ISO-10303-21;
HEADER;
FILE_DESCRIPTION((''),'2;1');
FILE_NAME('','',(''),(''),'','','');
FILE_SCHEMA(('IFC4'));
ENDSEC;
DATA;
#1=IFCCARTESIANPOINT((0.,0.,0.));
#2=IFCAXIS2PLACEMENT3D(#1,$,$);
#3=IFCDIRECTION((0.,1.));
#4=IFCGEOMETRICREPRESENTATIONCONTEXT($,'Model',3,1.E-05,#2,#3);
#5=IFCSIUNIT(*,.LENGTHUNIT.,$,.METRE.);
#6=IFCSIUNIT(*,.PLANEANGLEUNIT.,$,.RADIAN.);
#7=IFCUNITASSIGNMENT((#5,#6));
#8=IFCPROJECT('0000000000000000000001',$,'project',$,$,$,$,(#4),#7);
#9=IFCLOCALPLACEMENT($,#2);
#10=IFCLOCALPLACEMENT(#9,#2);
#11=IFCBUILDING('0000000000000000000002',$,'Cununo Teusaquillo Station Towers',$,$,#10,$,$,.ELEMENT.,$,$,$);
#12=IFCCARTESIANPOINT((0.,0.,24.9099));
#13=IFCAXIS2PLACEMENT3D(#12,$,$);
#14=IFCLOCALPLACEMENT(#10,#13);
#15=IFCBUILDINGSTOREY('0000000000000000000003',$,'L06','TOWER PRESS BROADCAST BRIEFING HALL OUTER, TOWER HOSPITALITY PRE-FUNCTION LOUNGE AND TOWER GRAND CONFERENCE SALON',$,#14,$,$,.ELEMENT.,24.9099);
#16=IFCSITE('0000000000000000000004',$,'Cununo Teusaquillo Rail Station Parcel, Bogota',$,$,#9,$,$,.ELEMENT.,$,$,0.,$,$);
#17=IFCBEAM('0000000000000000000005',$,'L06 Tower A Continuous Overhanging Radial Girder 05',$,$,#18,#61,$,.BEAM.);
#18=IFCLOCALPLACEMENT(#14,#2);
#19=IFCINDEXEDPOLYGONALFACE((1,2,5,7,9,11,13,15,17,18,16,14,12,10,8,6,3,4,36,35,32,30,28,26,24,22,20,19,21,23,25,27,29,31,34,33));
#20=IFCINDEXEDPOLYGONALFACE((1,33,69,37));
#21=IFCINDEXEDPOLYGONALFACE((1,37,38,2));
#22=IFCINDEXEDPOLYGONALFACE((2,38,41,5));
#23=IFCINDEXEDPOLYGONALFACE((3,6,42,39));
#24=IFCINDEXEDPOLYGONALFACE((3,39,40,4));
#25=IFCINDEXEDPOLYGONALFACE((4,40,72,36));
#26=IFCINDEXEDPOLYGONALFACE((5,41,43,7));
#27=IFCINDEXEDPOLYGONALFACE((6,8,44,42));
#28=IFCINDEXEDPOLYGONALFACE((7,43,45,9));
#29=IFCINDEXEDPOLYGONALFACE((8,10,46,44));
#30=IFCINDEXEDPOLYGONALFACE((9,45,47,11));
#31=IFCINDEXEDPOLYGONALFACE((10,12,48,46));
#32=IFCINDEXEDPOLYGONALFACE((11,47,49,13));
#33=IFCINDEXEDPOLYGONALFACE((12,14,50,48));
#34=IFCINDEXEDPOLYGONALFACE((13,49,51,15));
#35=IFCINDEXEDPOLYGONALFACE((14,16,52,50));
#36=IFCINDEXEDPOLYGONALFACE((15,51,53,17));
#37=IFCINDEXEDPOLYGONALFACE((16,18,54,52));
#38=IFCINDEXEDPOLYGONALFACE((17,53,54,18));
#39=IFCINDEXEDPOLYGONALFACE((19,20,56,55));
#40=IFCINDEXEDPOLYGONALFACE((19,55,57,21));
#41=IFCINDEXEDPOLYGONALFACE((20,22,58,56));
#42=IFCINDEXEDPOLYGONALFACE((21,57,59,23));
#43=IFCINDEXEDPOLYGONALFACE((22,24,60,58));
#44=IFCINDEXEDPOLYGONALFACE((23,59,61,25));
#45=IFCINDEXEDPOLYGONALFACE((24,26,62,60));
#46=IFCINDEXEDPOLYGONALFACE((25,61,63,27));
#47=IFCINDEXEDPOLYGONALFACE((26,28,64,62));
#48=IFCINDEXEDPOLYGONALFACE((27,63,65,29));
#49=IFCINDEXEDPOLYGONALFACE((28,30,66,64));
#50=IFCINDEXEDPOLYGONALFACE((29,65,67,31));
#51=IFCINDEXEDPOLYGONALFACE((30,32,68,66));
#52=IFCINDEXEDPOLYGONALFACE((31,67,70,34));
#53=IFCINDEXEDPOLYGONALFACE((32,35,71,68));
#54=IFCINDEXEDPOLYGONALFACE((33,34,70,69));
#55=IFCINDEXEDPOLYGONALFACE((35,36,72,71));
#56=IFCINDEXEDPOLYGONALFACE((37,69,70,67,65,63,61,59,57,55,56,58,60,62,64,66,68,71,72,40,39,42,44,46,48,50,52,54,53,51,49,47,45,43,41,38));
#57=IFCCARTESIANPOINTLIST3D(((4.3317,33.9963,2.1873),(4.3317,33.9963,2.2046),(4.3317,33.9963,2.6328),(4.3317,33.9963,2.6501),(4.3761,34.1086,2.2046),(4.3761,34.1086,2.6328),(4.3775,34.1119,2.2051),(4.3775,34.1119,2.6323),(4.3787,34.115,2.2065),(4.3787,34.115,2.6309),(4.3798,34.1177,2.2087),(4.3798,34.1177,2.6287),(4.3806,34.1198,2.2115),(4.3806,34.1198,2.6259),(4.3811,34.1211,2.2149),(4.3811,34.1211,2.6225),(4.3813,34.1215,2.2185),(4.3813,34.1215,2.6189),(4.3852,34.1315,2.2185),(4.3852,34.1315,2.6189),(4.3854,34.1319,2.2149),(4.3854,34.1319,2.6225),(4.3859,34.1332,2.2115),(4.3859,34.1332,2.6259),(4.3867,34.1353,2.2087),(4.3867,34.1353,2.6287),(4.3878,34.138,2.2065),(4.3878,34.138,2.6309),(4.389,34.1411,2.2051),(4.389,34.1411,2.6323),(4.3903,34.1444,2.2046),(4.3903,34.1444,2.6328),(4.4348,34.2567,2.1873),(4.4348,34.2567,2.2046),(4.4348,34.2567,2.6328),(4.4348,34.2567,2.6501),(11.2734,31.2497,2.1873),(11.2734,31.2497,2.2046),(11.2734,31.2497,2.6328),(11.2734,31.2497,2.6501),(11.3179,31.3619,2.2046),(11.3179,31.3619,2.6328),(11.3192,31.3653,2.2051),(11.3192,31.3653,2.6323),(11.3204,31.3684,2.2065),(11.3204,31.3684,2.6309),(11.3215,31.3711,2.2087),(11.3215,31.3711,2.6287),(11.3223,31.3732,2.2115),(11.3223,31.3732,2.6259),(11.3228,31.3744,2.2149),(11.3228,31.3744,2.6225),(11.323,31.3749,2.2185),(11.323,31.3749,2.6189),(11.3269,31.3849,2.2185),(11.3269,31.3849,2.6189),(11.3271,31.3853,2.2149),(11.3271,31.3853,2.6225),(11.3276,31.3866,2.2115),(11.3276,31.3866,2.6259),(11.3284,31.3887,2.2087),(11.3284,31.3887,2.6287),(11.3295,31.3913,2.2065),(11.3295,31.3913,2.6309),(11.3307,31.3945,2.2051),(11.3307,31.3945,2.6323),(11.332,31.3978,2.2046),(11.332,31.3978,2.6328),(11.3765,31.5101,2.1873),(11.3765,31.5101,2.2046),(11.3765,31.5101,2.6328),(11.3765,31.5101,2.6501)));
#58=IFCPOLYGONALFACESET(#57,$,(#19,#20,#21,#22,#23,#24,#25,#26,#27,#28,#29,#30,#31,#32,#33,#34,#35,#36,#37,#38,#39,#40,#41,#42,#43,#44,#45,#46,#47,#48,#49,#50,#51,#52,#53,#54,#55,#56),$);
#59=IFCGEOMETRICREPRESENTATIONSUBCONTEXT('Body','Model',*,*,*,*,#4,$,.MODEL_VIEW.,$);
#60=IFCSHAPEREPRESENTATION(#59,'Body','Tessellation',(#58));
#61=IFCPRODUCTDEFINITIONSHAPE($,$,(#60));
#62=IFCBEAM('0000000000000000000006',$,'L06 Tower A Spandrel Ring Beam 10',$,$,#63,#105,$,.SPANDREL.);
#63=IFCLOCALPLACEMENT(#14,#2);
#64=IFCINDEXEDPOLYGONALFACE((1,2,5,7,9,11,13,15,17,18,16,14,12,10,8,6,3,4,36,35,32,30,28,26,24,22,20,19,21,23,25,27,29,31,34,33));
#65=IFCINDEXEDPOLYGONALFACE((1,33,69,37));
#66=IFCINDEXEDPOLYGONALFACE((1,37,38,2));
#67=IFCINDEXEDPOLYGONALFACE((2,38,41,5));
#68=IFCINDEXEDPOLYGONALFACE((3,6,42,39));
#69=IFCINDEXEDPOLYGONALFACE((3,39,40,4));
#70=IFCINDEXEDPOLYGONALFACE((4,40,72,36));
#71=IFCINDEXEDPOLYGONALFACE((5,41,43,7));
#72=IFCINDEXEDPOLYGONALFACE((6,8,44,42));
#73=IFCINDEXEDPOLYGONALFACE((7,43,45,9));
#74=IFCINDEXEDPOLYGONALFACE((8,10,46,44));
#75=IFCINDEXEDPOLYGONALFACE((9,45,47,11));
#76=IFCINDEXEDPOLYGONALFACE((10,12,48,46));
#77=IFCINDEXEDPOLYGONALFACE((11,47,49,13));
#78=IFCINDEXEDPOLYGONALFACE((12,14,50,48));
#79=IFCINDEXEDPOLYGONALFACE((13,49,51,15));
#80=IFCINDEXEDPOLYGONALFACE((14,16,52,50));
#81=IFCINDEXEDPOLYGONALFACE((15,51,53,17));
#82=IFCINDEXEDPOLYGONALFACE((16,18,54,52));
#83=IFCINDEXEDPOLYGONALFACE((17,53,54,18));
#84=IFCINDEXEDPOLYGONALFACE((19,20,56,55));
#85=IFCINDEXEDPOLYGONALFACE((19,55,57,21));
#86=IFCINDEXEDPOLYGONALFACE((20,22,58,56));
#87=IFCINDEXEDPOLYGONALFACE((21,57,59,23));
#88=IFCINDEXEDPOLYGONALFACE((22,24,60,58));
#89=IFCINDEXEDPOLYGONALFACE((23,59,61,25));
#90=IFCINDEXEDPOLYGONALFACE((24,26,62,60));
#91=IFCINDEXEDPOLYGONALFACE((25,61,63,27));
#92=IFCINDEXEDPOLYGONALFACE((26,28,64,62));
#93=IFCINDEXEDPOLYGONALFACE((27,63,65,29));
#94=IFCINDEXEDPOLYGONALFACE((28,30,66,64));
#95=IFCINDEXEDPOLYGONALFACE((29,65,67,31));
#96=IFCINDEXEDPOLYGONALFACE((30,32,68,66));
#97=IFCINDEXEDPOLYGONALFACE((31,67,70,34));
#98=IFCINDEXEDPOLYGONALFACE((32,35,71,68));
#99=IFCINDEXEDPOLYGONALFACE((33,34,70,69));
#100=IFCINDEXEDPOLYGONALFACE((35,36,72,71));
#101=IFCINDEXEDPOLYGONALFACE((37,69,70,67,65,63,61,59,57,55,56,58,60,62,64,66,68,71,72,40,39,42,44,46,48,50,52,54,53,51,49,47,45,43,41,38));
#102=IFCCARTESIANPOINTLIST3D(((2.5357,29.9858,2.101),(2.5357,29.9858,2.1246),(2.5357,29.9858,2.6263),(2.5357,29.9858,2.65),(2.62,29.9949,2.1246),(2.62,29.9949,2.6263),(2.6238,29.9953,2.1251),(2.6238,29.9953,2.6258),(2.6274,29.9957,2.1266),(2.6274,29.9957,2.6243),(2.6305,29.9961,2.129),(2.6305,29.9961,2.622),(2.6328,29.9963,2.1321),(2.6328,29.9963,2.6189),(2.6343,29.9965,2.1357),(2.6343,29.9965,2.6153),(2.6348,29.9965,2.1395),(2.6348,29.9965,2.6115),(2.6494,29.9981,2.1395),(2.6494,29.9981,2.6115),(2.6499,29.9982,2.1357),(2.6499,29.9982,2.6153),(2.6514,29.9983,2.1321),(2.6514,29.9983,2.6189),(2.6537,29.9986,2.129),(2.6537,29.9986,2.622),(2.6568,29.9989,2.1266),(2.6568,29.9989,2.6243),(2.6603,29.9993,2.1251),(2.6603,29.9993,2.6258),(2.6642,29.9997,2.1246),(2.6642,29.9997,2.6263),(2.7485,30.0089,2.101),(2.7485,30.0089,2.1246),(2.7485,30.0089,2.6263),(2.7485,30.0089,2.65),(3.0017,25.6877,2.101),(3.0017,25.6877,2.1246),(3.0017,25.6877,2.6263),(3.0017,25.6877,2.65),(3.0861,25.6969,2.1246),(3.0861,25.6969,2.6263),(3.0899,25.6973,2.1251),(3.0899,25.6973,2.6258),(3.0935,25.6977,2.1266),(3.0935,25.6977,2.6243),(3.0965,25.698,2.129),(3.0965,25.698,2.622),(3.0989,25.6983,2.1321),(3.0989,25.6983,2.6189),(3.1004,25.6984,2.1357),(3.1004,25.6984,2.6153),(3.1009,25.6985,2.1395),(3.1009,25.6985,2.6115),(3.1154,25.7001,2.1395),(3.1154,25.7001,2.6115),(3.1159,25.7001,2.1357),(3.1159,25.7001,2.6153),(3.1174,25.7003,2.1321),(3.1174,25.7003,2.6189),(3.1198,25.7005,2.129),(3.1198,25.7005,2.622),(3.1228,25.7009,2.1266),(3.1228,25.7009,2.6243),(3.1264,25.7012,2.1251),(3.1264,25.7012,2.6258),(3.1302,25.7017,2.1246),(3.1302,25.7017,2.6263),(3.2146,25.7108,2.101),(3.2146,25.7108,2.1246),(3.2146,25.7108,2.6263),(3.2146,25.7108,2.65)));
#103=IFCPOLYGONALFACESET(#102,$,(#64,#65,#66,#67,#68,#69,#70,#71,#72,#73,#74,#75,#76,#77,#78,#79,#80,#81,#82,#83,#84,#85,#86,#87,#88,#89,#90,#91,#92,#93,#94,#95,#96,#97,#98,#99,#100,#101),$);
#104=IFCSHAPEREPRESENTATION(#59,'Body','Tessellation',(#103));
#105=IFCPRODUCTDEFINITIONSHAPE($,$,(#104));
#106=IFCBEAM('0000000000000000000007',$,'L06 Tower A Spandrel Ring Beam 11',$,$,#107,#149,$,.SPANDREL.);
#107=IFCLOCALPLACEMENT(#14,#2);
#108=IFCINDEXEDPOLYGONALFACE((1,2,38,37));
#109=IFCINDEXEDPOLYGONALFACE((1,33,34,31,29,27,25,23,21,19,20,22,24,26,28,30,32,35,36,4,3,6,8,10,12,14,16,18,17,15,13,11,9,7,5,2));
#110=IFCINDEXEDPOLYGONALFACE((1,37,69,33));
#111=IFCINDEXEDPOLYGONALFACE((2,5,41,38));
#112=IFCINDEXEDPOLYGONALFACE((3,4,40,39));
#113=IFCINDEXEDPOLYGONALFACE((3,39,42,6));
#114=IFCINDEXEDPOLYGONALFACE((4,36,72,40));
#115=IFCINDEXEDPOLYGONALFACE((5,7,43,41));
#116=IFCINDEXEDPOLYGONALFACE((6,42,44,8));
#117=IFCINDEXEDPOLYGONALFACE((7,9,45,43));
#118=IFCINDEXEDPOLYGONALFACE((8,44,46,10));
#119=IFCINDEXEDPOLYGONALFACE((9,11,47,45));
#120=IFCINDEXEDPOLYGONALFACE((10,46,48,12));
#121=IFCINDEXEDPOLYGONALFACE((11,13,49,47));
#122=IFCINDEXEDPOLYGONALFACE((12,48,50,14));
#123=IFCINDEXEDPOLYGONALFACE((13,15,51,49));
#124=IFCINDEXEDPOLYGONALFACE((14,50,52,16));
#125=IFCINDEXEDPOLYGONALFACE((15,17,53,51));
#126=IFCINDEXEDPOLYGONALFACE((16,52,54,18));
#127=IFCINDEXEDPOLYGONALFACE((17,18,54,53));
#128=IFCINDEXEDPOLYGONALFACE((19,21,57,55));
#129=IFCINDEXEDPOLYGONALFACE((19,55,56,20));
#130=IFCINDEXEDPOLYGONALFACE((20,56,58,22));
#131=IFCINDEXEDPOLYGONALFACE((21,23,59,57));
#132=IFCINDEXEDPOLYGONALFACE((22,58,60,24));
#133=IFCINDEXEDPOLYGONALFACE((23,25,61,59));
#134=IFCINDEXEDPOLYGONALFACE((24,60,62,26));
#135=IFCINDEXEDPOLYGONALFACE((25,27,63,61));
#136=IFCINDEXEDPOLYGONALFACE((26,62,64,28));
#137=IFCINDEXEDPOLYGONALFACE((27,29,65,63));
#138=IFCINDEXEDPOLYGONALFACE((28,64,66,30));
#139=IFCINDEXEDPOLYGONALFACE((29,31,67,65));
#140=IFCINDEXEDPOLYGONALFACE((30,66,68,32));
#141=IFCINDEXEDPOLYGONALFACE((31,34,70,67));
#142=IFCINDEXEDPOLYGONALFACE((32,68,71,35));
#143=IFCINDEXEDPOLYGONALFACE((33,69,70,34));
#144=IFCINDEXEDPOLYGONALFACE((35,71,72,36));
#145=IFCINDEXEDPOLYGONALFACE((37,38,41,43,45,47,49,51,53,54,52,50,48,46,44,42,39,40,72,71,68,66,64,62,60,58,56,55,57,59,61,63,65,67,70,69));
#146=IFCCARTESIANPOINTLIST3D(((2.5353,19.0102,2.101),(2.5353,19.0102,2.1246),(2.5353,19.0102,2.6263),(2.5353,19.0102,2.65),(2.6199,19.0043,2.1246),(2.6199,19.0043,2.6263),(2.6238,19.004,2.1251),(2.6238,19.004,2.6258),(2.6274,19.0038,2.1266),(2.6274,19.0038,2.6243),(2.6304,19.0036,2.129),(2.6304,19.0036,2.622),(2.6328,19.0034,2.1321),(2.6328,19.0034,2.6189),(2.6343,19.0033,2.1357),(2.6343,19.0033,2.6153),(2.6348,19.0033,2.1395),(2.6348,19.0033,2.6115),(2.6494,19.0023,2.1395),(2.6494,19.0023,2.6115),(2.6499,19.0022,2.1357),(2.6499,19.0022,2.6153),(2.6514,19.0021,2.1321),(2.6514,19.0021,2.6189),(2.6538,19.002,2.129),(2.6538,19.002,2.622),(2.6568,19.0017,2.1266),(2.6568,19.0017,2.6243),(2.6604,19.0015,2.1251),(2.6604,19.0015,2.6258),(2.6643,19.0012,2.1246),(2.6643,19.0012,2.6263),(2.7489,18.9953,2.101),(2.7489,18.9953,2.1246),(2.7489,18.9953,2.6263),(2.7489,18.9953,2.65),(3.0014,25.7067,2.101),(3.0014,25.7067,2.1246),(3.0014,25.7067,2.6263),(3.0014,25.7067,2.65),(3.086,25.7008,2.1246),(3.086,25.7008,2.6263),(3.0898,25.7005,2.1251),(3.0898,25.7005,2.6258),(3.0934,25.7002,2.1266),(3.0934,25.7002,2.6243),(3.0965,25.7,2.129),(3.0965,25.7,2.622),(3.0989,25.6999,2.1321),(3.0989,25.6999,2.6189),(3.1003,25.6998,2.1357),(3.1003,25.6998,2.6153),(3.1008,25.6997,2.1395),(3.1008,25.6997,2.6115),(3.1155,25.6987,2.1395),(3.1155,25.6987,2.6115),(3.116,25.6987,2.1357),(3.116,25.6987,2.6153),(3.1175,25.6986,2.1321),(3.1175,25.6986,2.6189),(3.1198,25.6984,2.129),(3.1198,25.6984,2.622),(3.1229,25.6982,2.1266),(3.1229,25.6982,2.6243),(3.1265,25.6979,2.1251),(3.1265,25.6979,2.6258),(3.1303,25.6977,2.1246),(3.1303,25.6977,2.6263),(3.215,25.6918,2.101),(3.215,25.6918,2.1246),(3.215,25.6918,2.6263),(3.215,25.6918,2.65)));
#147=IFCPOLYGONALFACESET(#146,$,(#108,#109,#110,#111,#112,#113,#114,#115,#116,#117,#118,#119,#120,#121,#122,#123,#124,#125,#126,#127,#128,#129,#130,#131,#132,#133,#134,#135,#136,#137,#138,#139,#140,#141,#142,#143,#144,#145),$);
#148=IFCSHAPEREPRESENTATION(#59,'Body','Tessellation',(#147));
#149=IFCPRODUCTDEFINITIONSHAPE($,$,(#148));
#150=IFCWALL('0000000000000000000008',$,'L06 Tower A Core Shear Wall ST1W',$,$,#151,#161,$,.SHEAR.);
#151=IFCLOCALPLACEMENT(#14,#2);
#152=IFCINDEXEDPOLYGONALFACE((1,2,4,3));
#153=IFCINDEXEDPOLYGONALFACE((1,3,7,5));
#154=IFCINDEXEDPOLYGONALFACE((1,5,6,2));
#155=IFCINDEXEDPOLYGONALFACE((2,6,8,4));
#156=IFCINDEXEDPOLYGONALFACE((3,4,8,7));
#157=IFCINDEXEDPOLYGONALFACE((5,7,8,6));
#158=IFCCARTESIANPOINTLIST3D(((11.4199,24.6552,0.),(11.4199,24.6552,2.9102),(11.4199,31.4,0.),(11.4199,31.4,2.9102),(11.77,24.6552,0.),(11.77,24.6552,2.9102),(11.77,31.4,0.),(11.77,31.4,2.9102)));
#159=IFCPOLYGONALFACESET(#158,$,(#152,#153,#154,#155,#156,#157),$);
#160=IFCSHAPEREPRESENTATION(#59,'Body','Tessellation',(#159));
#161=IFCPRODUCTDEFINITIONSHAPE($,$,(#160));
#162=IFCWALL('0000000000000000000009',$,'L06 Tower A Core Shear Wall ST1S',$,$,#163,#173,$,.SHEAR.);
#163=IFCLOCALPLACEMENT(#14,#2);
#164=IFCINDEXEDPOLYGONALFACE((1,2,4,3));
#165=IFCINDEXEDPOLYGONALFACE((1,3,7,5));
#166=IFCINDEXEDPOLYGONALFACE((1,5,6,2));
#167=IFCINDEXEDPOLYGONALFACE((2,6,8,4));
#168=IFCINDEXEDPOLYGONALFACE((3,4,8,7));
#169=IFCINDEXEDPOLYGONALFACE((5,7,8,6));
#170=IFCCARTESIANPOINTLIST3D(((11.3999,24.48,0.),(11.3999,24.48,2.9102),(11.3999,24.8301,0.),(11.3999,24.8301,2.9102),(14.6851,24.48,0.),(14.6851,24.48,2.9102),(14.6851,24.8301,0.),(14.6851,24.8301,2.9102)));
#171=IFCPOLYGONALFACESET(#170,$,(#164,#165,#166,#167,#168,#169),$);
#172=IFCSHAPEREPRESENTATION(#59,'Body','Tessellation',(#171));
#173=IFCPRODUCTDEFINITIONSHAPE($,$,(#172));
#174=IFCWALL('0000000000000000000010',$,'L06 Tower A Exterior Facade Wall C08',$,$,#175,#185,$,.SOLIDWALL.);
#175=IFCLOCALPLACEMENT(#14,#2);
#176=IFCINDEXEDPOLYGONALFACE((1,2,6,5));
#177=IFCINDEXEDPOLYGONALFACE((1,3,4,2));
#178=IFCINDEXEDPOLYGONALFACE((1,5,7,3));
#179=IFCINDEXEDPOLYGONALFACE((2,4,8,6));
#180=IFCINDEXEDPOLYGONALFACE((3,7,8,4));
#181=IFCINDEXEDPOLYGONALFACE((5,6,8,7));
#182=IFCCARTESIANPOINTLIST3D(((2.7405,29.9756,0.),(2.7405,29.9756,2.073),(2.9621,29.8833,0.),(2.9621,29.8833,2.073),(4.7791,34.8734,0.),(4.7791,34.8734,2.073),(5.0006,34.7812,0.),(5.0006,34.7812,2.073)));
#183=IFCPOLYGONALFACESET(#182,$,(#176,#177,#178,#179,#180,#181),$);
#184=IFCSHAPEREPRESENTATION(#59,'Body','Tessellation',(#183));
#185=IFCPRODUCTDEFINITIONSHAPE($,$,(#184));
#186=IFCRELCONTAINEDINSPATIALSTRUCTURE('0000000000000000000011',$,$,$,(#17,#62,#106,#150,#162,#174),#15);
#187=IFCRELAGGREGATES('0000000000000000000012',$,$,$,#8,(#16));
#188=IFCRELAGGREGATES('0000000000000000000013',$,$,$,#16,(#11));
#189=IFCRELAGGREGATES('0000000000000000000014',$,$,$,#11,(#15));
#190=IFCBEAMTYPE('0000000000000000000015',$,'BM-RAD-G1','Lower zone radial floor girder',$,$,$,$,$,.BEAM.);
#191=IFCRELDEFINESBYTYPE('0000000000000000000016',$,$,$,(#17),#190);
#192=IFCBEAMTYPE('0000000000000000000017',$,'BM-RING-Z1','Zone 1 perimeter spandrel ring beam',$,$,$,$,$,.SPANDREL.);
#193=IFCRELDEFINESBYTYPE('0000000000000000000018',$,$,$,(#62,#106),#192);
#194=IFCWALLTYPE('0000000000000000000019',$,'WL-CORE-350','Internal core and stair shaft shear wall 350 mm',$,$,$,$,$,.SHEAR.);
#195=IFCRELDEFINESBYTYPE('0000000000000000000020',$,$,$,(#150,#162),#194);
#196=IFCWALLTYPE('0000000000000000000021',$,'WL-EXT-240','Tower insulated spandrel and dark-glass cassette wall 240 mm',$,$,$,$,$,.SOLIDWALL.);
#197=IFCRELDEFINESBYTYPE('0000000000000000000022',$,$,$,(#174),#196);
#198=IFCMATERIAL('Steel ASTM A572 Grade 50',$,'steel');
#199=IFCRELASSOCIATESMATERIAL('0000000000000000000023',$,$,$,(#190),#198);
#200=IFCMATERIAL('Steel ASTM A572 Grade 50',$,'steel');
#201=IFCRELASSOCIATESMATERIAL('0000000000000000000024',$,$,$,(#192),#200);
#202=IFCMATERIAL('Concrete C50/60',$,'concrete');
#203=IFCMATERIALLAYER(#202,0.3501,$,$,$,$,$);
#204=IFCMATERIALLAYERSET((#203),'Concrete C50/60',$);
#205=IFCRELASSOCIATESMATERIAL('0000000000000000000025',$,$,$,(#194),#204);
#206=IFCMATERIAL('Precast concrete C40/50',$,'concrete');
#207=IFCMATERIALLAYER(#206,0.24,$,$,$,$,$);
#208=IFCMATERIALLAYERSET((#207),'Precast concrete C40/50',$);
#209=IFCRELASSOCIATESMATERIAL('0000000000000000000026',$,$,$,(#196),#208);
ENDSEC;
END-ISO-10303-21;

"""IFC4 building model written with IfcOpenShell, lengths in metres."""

from ifc_helpers import new_model, si_unit, direction, frame, frame_2d, origin, origin_2d, place, context, subcontext, project, spatial, rectangle, i_section, extrude, material, layer, layer_set, material_profile, profile_set, type_object, element, save


model = new_model("IFC4")

# Units and contexts
model_context = context("Model", 3, precision=1e-05, world=origin(), true_north=direction((0.0, 1.0)))
body_context = subcontext(model_context, "Body", "Model", "MODEL_VIEW")
ifc_project = project(units=[si_unit("LENGTHUNIT", "METRE"), si_unit("PLANEANGLEUNIT", "RADIAN")], contexts=[model_context])

# Site, building, storey
site_placement = place(None, origin())
site = spatial("IfcSite", under=ifc_project, at=site_placement, Name="Cununo Teusaquillo Rail Station Parcel, Bogota", CompositionType="ELEMENT", RefElevation=0.0)
building_placement = place(site_placement, origin())
building = spatial("IfcBuilding", under=site, at=building_placement, Name="Cununo Teusaquillo Station Towers", CompositionType="ELEMENT")
storey_placement = place(building_placement, frame((0.0, 0.0, 24.9099)))
storey = spatial("IfcBuildingStorey", under=building, at=storey_placement, Name="L06", Description="TOWER PRESS BROADCAST BRIEFING HALL OUTER, TOWER HOSPITALITY PRE-FUNCTION LOUNGE AND TOWER GRAND CONFERENCE SALON", CompositionType="ELEMENT", Elevation=24.9099)

# Beams
ifc_material_1 = material(Name="Steel ASTM A572 Grade 50", Category="steel")
ifc_material_profile_1 = material_profile(ifc_material_1, i_section(OverallWidth=0.28, OverallDepth=0.4629, WebThickness=0.0107, FlangeThickness=0.0173, FilletRadius=0.0139, at=origin_2d()), Name="W18X76")
ifc_profile_set_1 = profile_set([ifc_material_profile_1], Name="Steel ASTM A572 Grade 50")
beam_type_1 = type_object("IfcBeamType", Name="BM-RAD-G1", Description="Lower zone radial floor girder", PredefinedType="BEAM", material=ifc_profile_set_1)
beam_1_placement = place(storey_placement, frame((11.325, 31.3799, 2.4187), z_axis=(-0.92986, 0.367915, 0.0), x_axis=(-0.367915, -0.92986, 0.0)))
element("IfcBeam", 1, at=beam_1_placement, inside=storey, type_object=beam_type_1, Name="L06 Tower A Continuous Overhanging Radial Girder 05", PredefinedType="BEAM", context=body_context, shape_type="SweptSolid", body=[
    extrude(i_section(OverallWidth=0.28, OverallDepth=0.4629, WebThickness=0.0107, FlangeThickness=0.0173, FilletRadius=0.0139, at=origin_2d()), origin(), (0.0, 0.0, 1.0), 7.4653),
])
ifc_material_2 = material(Name="Steel ASTM A572 Grade 50", Category="steel")
ifc_material_profile_2 = material_profile(ifc_material_2, i_section(OverallWidth=0.2141, OverallDepth=0.5491, WebThickness=0.0146, FlangeThickness=0.0237, FilletRadius=0.0149, at=origin_2d()), Name="W21X93")
ifc_profile_set_2 = profile_set([ifc_material_profile_2], Name="Steel ASTM A572 Grade 50")
beam_type_2 = type_object("IfcBeamType", Name="BM-RING-Z1", Description="Zone 1 perimeter spandrel ring beam", PredefinedType="SPANDREL", material=ifc_profile_set_2)
beam_2_placement = place(storey_placement, frame((2.6421, 29.9973, 2.3755), z_axis=(0.107803, -0.994172, 0.0), x_axis=(0.994172, 0.107803, 0.0)))
element("IfcBeam", 2, at=beam_2_placement, inside=storey, type_object=beam_type_2, Name="L06 Tower A Spandrel Ring Beam 10", PredefinedType="SPANDREL", context=body_context, shape_type="SweptSolid", body=[
    extrude(i_section(OverallWidth=0.2141, OverallDepth=0.5491, WebThickness=0.0146, FlangeThickness=0.0237, FilletRadius=0.0149, at=origin_2d()), origin(), (0.0, 0.0, 1.0), 4.3232),
])
beam_3_placement = place(storey_placement, frame((3.1082, 25.6992, 2.3755), z_axis=(-0.06943, -0.997587, 0.0), x_axis=(0.997587, -0.06943, 0.0)))
element("IfcBeam", 3, at=beam_3_placement, inside=storey, type_object=beam_type_2, Name="L06 Tower A Spandrel Ring Beam 11", PredefinedType="SPANDREL", context=body_context, shape_type="SweptSolid", body=[
    extrude(i_section(OverallWidth=0.2141, OverallDepth=0.5491, WebThickness=0.0146, FlangeThickness=0.0237, FilletRadius=0.0149, at=origin_2d()), origin(), (0.0, 0.0, 1.0), 6.7126),
])

# Walls
ifc_material_3 = material(Name="Concrete C50/60", Category="concrete")
ifc_layer_1 = layer(ifc_material_3, 0.3501)
ifc_layer_set_1 = layer_set([ifc_layer_1], Name="Concrete C50/60")
wall_type_1 = type_object("IfcWallType", Name="WL-CORE-350", Description="Internal core and stair shaft shear wall 350 mm", PredefinedType="SHEAR", material=ifc_layer_set_1)
wall_1_placement = place(storey_placement, frame((11.595, 24.655, 0.0), z_axis=(0.0, 0.0, 1.0), x_axis=(0.0, 1.0, 0.0)))
element("IfcWall", 4, at=wall_1_placement, inside=storey, type_object=wall_type_1, Name="L06 Tower A Core Shear Wall ST1W", PredefinedType="SHEAR", context=body_context, shape_type="SweptSolid", body=[
    extrude(rectangle(XDim=6.7449, YDim=0.3501, at=frame_2d((3.3726, 0.0))), origin(), (0.0, 0.0, 1.0), 2.9102),
])
wall_2_placement = place(storey_placement, frame((11.3999, 24.655, 0.0), z_axis=(0.0, 0.0, 1.0), x_axis=(1.0, 0.0, 0.0)))
element("IfcWall", 5, at=wall_2_placement, inside=storey, type_object=wall_type_1, Name="L06 Tower A Core Shear Wall ST1S", PredefinedType="SHEAR", context=body_context, shape_type="SweptSolid", body=[
    extrude(rectangle(XDim=3.2852, YDim=0.3501, at=frame_2d((1.6426, 0.0))), origin(), (0.0, 0.0, 1.0), 2.9102),
])
ifc_material_4 = material(Name="Precast concrete C40/50", Category="concrete")
ifc_layer_2 = layer(ifc_material_4, 0.24)
ifc_layer_set_2 = layer_set([ifc_layer_2], Name="Precast concrete C40/50")
wall_type_2 = type_object("IfcWallType", Name="WL-EXT-240", Description="Tower insulated spandrel and dark-glass cassette wall 240 mm", PredefinedType="SOLIDWALL", material=ifc_layer_set_2)
wall_3_placement = place(storey_placement, frame((2.8513, 29.9294, 0.0), z_axis=(0.0, 0.0, 1.0), x_axis=(0.384256, 0.923227, 0.0)))
element("IfcWall", 6, at=wall_3_placement, inside=storey, type_object=wall_type_2, Name="L06 Tower A Exterior Facade Wall C08", PredefinedType="SOLIDWALL", context=body_context, shape_type="SweptSolid", body=[
    extrude(rectangle(XDim=5.3052, YDim=0.24, at=frame_2d((2.6526, 0.0))), origin(), (0.0, 0.0, 1.0), 2.073),
])

save(model, "model.ifc")
